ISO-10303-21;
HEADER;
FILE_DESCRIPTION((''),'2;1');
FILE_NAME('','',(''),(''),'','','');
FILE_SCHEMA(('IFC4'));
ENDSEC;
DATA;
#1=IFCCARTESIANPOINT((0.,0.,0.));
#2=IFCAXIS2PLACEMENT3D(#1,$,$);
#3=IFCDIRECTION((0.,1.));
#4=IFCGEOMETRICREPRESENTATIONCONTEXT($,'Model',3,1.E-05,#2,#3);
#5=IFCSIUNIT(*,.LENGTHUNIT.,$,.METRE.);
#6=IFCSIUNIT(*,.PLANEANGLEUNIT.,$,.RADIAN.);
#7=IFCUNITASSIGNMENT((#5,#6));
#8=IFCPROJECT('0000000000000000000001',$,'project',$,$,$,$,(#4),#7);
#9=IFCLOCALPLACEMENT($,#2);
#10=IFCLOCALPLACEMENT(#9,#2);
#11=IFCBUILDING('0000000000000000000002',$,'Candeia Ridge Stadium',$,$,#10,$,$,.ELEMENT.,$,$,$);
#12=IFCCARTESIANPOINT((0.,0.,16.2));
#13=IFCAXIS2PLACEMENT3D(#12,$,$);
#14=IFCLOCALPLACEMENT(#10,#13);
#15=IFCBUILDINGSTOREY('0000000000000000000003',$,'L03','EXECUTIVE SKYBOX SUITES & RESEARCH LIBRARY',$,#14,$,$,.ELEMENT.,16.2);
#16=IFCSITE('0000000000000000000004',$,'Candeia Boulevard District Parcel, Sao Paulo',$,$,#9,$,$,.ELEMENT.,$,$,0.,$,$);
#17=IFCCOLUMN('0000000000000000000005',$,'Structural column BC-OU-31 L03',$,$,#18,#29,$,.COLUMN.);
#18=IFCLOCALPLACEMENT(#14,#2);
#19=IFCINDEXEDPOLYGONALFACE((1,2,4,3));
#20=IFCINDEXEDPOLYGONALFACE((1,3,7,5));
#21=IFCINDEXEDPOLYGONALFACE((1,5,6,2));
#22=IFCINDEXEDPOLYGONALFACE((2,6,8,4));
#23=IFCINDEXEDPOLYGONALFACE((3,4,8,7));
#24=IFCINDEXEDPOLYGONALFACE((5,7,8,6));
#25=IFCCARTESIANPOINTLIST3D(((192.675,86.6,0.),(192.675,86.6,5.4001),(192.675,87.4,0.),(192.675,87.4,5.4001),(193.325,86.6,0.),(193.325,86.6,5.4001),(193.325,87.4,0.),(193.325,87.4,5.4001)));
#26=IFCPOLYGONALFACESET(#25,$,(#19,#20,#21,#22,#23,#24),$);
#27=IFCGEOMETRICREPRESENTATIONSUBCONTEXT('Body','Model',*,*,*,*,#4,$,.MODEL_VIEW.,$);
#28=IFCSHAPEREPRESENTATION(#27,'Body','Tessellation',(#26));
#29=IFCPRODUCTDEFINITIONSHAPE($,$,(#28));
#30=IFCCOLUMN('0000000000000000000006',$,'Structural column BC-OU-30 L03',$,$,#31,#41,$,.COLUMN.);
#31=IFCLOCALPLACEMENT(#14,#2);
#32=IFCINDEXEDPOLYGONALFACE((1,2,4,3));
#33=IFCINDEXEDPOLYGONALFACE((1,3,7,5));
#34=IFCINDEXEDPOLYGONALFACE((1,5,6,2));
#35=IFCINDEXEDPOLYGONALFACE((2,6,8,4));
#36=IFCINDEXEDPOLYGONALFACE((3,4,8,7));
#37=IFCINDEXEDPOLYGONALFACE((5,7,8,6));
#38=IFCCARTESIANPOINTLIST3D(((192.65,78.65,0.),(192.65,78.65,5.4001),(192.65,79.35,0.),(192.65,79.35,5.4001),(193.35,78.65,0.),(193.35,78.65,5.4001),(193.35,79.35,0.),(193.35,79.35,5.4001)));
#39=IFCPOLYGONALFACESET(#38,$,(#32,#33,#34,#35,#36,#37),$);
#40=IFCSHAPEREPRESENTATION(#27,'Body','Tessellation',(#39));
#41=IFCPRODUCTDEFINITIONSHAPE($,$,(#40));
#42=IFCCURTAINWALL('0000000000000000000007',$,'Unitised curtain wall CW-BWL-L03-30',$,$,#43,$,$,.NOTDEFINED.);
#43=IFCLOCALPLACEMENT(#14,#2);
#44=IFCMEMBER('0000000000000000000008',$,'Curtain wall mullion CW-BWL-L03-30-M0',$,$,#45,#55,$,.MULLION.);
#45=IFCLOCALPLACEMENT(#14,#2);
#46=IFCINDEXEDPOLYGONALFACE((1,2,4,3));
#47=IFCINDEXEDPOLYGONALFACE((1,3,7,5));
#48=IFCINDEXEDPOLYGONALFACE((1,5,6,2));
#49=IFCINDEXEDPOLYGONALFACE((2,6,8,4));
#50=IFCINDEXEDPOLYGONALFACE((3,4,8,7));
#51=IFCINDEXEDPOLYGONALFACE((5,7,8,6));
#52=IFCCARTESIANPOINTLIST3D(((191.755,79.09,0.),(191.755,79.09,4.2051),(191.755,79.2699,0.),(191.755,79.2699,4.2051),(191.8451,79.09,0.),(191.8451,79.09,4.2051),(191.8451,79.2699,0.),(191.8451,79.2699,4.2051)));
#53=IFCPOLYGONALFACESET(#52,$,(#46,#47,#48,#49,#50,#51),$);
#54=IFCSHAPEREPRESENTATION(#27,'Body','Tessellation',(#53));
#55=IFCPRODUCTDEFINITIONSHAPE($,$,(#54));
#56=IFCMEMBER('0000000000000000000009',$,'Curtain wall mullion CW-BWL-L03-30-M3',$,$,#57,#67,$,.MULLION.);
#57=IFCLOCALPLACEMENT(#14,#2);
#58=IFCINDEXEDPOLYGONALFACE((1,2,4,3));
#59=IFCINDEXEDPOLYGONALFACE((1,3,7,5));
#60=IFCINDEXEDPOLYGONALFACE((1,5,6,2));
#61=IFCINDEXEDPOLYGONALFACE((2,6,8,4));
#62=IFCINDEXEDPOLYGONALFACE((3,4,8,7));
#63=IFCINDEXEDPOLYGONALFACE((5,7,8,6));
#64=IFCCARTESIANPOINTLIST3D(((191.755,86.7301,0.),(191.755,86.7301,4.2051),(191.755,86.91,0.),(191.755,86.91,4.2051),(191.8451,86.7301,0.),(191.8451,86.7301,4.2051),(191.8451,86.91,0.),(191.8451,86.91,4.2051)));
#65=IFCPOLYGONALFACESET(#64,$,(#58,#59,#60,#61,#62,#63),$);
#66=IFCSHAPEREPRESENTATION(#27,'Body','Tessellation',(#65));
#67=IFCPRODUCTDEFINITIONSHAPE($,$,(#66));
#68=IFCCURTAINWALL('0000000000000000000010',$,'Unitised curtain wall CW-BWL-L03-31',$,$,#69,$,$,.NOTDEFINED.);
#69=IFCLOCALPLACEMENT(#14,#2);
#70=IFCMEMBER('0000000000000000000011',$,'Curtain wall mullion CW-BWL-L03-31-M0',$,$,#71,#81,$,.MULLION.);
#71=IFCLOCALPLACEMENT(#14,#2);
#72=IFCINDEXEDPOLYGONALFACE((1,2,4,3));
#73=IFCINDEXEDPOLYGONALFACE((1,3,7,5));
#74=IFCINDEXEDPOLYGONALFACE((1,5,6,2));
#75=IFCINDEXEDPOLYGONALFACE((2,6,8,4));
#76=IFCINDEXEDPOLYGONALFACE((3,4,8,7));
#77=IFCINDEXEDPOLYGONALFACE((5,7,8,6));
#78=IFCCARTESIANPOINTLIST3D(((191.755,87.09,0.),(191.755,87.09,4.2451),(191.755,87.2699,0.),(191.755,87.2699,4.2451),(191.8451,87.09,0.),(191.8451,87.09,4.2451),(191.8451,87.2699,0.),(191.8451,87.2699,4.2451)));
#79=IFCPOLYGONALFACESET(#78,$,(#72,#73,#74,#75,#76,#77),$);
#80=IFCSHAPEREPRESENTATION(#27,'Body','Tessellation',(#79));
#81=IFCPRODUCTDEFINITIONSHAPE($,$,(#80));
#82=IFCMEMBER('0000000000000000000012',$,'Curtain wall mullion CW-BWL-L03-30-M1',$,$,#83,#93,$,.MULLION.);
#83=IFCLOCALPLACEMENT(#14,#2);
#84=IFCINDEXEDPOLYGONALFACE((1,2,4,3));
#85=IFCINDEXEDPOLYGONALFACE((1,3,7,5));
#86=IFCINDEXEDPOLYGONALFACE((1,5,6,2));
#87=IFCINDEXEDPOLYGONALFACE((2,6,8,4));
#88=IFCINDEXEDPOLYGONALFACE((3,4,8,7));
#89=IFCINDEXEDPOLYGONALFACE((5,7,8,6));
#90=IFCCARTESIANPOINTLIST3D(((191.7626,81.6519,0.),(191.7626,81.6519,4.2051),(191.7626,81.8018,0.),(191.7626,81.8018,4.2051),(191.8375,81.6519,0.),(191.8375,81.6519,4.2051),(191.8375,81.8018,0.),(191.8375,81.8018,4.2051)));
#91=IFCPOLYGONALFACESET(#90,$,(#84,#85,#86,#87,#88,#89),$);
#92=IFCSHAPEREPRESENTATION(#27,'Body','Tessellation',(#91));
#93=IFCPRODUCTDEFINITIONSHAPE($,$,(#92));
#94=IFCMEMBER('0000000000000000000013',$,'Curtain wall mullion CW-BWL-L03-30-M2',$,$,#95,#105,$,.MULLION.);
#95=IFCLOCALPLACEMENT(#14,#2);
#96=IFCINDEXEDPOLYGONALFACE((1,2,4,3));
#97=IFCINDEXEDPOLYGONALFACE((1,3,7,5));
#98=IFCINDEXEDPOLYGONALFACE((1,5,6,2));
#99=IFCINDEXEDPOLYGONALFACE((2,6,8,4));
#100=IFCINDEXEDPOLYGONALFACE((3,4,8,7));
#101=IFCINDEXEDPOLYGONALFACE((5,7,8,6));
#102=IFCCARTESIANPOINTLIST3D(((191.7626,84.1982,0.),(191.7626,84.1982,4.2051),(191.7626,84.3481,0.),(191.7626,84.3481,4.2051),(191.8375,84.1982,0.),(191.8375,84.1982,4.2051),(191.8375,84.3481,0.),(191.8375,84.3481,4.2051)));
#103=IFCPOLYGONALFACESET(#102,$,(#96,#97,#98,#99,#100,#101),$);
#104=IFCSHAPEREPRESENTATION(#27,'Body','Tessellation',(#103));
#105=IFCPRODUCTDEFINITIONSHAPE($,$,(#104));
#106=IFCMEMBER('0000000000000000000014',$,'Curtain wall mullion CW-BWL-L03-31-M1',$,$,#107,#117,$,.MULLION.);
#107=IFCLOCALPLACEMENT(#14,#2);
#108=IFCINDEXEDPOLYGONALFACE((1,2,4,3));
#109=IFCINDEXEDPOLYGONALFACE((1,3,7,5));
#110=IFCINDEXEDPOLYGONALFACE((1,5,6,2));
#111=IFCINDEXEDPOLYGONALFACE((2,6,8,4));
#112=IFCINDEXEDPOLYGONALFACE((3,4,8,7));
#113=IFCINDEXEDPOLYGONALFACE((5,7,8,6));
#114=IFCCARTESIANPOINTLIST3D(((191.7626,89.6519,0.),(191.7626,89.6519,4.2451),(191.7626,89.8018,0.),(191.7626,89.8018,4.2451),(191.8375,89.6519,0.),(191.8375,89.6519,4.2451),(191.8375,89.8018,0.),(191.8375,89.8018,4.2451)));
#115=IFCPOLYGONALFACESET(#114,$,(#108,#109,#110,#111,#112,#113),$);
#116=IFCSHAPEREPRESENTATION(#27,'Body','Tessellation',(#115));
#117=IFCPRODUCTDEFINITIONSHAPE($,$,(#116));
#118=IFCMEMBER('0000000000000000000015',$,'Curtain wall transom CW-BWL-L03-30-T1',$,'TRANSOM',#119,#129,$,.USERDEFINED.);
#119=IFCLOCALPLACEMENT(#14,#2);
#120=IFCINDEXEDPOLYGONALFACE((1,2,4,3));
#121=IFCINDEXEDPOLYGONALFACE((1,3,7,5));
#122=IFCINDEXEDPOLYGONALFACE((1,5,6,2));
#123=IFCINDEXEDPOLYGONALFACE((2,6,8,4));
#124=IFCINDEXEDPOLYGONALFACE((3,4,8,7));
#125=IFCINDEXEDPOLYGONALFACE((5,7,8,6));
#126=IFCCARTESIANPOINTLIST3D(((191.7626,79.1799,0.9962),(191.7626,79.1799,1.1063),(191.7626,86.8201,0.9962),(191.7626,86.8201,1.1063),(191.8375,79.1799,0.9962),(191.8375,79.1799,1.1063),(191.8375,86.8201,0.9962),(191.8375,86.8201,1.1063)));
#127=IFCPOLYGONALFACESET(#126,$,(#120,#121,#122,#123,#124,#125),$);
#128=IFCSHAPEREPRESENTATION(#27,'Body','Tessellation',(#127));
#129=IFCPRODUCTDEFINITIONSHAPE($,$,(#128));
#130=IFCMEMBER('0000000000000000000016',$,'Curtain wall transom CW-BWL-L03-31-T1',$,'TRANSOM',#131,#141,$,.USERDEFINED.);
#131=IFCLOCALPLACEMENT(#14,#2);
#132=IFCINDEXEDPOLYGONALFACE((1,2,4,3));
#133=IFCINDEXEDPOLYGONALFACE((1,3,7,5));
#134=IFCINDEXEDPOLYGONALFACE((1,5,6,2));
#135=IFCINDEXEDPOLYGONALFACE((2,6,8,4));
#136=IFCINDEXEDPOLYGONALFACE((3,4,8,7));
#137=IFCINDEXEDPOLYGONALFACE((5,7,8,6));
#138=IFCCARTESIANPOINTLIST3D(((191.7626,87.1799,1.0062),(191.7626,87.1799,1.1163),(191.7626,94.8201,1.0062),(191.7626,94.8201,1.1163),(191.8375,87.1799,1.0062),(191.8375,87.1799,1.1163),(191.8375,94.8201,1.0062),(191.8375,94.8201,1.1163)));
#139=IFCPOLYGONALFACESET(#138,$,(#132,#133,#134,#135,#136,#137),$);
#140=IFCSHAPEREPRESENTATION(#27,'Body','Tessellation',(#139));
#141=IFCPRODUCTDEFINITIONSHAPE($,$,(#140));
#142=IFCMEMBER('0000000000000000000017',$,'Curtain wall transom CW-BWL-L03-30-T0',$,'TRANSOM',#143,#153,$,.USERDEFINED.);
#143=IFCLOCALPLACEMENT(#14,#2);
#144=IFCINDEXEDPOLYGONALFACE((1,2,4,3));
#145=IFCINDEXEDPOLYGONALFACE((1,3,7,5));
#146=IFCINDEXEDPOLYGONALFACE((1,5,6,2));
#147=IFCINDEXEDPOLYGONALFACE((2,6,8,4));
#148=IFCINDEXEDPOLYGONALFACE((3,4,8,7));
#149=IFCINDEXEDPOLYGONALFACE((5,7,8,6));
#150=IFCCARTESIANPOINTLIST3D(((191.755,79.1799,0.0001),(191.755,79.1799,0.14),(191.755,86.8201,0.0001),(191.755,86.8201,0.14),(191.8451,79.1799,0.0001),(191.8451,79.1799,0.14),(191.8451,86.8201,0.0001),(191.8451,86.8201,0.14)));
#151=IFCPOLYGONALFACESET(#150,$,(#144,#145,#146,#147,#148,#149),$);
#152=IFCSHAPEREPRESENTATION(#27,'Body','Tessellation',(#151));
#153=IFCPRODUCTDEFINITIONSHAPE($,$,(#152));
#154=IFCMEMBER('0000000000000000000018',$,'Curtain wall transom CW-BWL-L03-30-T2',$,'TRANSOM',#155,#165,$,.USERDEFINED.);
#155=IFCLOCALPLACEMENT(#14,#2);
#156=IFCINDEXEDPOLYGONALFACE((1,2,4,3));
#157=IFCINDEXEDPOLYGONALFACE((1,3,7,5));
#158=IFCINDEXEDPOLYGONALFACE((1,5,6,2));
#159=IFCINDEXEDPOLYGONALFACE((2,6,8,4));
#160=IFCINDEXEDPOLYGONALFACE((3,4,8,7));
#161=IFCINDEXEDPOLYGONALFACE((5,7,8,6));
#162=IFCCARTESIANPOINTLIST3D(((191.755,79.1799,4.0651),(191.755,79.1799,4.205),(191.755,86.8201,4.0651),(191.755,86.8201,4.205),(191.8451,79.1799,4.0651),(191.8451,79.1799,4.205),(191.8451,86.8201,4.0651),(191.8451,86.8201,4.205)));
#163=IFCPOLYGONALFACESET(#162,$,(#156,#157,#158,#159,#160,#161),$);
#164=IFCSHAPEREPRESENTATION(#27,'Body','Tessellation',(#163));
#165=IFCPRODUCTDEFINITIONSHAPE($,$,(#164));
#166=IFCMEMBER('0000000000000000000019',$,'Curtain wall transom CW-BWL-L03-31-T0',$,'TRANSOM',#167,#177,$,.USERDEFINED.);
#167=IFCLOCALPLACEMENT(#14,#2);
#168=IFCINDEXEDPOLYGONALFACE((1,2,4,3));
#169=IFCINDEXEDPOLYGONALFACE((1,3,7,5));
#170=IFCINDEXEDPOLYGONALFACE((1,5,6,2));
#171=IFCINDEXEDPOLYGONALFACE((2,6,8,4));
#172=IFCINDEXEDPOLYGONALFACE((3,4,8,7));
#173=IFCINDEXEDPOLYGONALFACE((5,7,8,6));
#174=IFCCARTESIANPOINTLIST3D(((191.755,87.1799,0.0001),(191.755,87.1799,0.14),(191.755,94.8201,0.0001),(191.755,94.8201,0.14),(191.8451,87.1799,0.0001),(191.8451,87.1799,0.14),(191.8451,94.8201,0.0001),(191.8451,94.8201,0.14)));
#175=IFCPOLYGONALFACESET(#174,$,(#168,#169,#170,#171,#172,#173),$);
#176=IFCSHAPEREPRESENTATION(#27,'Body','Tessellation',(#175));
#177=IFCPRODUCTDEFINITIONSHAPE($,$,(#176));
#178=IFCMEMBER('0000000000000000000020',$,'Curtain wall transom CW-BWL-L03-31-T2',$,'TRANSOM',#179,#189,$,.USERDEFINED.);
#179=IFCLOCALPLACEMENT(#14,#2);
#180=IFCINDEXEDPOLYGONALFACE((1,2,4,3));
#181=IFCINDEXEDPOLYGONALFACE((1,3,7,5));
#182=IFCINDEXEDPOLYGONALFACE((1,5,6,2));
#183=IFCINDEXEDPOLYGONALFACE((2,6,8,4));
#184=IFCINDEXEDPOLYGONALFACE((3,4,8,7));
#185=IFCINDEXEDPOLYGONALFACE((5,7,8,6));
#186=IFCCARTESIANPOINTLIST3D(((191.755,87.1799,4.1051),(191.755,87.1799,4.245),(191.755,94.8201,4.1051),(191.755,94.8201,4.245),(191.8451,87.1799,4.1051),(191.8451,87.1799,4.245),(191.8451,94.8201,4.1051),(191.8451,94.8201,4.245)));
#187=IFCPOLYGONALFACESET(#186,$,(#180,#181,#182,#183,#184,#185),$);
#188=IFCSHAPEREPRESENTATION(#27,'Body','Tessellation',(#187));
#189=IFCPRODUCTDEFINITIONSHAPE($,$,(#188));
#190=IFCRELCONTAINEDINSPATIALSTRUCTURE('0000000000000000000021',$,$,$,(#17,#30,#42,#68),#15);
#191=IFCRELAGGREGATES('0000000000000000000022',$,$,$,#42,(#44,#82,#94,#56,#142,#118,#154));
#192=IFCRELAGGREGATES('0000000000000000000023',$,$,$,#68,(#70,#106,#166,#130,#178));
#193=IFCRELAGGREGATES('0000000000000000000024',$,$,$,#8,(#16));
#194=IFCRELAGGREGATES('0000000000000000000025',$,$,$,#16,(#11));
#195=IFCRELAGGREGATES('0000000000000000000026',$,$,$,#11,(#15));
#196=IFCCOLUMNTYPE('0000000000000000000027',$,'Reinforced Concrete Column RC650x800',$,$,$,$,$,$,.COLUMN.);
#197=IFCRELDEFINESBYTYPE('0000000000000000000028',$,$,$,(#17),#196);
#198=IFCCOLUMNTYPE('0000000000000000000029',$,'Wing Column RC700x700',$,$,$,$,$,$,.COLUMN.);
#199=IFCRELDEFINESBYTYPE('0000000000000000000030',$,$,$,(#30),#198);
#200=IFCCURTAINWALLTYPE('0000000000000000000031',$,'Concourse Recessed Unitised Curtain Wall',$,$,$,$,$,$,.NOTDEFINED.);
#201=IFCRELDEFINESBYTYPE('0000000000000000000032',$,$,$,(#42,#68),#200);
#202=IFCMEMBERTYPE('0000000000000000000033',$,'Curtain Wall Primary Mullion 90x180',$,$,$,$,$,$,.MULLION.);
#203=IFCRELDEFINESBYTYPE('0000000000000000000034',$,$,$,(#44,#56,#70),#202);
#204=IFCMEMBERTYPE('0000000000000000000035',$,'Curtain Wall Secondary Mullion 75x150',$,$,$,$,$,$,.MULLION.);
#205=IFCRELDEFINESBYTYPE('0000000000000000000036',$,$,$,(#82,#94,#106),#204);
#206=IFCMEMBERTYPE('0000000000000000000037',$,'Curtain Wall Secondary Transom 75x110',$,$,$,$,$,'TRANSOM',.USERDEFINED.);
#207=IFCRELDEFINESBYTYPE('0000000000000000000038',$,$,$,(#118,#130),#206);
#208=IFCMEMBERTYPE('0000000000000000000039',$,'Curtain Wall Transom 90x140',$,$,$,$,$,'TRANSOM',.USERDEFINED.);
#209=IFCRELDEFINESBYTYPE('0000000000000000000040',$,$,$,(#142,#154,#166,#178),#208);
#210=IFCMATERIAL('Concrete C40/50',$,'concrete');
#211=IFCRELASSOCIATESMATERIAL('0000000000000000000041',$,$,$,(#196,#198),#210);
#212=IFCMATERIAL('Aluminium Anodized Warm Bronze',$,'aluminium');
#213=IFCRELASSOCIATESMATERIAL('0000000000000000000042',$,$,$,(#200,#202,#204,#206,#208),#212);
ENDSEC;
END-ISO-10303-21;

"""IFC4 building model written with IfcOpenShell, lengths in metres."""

from ifc_helpers import new_model, si_unit, direction, frame, origin, origin_2d, place, context, subcontext, project, spatial, rectangle, extrude, material, material_profile, profile_set, type_object, element, aggregate, save


model = new_model("IFC4")

# Units and contexts
model_context = context("Model", 3, precision=1e-05, world=origin(), true_north=direction((0.0, 1.0)))
body_context = subcontext(model_context, "Body", "Model", "MODEL_VIEW")
ifc_project = project(units=[si_unit("LENGTHUNIT", "METRE"), si_unit("PLANEANGLEUNIT", "RADIAN")], contexts=[model_context])

# Site, building, storey
site_placement = place(None, origin())
site = spatial("IfcSite", under=ifc_project, at=site_placement, Name="Candeia Boulevard District Parcel, Sao Paulo", CompositionType="ELEMENT", RefElevation=0.0)
building_placement = place(site_placement, origin())
building = spatial("IfcBuilding", under=site, at=building_placement, Name="Candeia Ridge Stadium", CompositionType="ELEMENT")
storey_placement = place(building_placement, frame((0.0, 0.0, 16.2)))
storey = spatial("IfcBuildingStorey", under=building, at=storey_placement, Name="L03", Description="EXECUTIVE SKYBOX SUITES & RESEARCH LIBRARY", CompositionType="ELEMENT", Elevation=16.2)

# Columns
ifc_material_1 = material(Name="Concrete C40/50", Category="concrete")
ifc_material_profile_1 = material_profile(ifc_material_1, rectangle(XDim=0.6499, YDim=0.8, at=origin_2d()), Name="RC650x800", Category="concrete")
ifc_profile_set_1 = profile_set([ifc_material_profile_1], Name="Concrete C40/50")
column_type_1 = type_object("IfcColumnType", Name="Reinforced Concrete Column RC650x800", PredefinedType="COLUMN", material=ifc_profile_set_1)
column_1_placement = place(storey_placement, frame((193.0, 87.0, 0.0), z_axis=(0.0, 0.0, 1.0), x_axis=(1.0, 0.0, 0.0)))
element("IfcColumn", 1, at=column_1_placement, inside=storey, type_object=column_type_1, Name="Structural column BC-OU-31 L03", PredefinedType="COLUMN", context=body_context, shape_type="SweptSolid", body=[
    extrude(rectangle(XDim=0.6499, YDim=0.8, at=origin_2d()), origin(), (0.0, 0.0, 1.0), 5.4001),
])
ifc_material_profile_2 = material_profile(ifc_material_1, rectangle(XDim=0.7, YDim=0.7, at=origin_2d()), Name="RC700x700", Category="concrete")
ifc_profile_set_2 = profile_set([ifc_material_profile_2], Name="Concrete C40/50")
column_type_2 = type_object("IfcColumnType", Name="Wing Column RC700x700", PredefinedType="COLUMN", material=ifc_profile_set_2)
column_2_placement = place(storey_placement, frame((193.0, 79.0, 0.0), z_axis=(0.0, 0.0, 1.0), x_axis=(1.0, 0.0, 0.0)))
element("IfcColumn", 2, at=column_2_placement, inside=storey, type_object=column_type_2, Name="Structural column BC-OU-30 L03", PredefinedType="COLUMN", context=body_context, shape_type="SweptSolid", body=[
    extrude(rectangle(XDim=0.7, YDim=0.7, at=origin_2d()), origin(), (0.0, 0.0, 1.0), 5.4001),
])

# Curtain wall, members
ifc_material_2 = material(Name="Aluminium Anodized Warm Bronze", Category="aluminium")
curtain_wall_type = type_object("IfcCurtainWallType", Name="Concourse Recessed Unitised Curtain Wall", PredefinedType="NOTDEFINED", material=ifc_material_2)
curtain_wall_1_placement = place(storey_placement, origin())
curtain_wall_1 = element("IfcCurtainWall", 3, at=curtain_wall_1_placement, inside=storey, type_object=curtain_wall_type, Name="Unitised curtain wall CW-BWL-L03-30", PredefinedType="NOTDEFINED")
ifc_material_profile_3 = material_profile(ifc_material_2, rectangle(XDim=0.0901, YDim=0.1799, at=origin_2d()), Name="CWM-90x180", Category="aluminium")
ifc_profile_set_3 = profile_set([ifc_material_profile_3], Name="Aluminium Anodized Warm Bronze")
member_type_1 = type_object("IfcMemberType", Name="Curtain Wall Primary Mullion 90x180", PredefinedType="MULLION", material=ifc_profile_set_3)
member_1_placement = place(storey_placement, frame((191.8, 79.1799, 0.0), z_axis=(0.0, 0.0, 1.0), x_axis=(1.0, 0.0, 0.0)))
member_1 = element("IfcMember", 4, at=member_1_placement, type_object=member_type_1, Name="Curtain wall mullion CW-BWL-L03-30-M0", PredefinedType="MULLION", context=body_context, shape_type="SweptSolid", body=[
    extrude(rectangle(XDim=0.0901, YDim=0.1799, at=origin_2d()), origin(), (0.0, 0.0, 1.0), 4.2051),
])
member_2_placement = place(storey_placement, frame((191.8, 86.8201, 0.0), z_axis=(0.0, 0.0, 1.0), x_axis=(1.0, 0.0, 0.0)))
member_2 = element("IfcMember", 5, at=member_2_placement, type_object=member_type_1, Name="Curtain wall mullion CW-BWL-L03-30-M3", PredefinedType="MULLION", context=body_context, shape_type="SweptSolid", body=[
    extrude(rectangle(XDim=0.0901, YDim=0.1799, at=origin_2d()), origin(), (0.0, 0.0, 1.0), 4.2051),
])

# Curtain wall, member
curtain_wall_2_placement = place(storey_placement, origin())
curtain_wall_2 = element("IfcCurtainWall", 6, at=curtain_wall_2_placement, inside=storey, type_object=curtain_wall_type, Name="Unitised curtain wall CW-BWL-L03-31", PredefinedType="NOTDEFINED")
member_3_placement = place(storey_placement, frame((191.8, 87.1799, 0.0), z_axis=(0.0, 0.0, 1.0), x_axis=(1.0, 0.0, 0.0)))
member_3 = element("IfcMember", 7, at=member_3_placement, type_object=member_type_1, Name="Curtain wall mullion CW-BWL-L03-31-M0", PredefinedType="MULLION", context=body_context, shape_type="SweptSolid", body=[
    extrude(rectangle(XDim=0.0901, YDim=0.1799, at=origin_2d()), origin(), (0.0, 0.0, 1.0), 4.2451),
])

# Members
ifc_material_profile_4 = material_profile(ifc_material_2, rectangle(XDim=0.075, YDim=0.1499, at=origin_2d()), Name="CWM-75x150", Category="aluminium")
ifc_profile_set_4 = profile_set([ifc_material_profile_4], Name="Aluminium Anodized Warm Bronze")
member_type_2 = type_object("IfcMemberType", Name="Curtain Wall Secondary Mullion 75x150", PredefinedType="MULLION", material=ifc_profile_set_4)
member_4_placement = place(storey_placement, frame((191.8, 81.7268, 0.0), z_axis=(0.0, 0.0, 1.0), x_axis=(1.0, 0.0, 0.0)))
member_4 = element("IfcMember", 8, at=member_4_placement, type_object=member_type_2, Name="Curtain wall mullion CW-BWL-L03-30-M1", PredefinedType="MULLION", context=body_context, shape_type="SweptSolid", body=[
    extrude(rectangle(XDim=0.075, YDim=0.1499, at=origin_2d()), origin(), (0.0, 0.0, 1.0), 4.2051),
])
member_5_placement = place(storey_placement, frame((191.8, 84.2732, 0.0), z_axis=(0.0, 0.0, 1.0), x_axis=(1.0, 0.0, 0.0)))
member_5 = element("IfcMember", 9, at=member_5_placement, type_object=member_type_2, Name="Curtain wall mullion CW-BWL-L03-30-M2", PredefinedType="MULLION", context=body_context, shape_type="SweptSolid", body=[
    extrude(rectangle(XDim=0.075, YDim=0.1499, at=origin_2d()), origin(), (0.0, 0.0, 1.0), 4.2051),
])
member_6_placement = place(storey_placement, frame((191.8, 89.7268, 0.0), z_axis=(0.0, 0.0, 1.0), x_axis=(1.0, 0.0, 0.0)))
member_6 = element("IfcMember", 10, at=member_6_placement, type_object=member_type_2, Name="Curtain wall mullion CW-BWL-L03-31-M1", PredefinedType="MULLION", context=body_context, shape_type="SweptSolid", body=[
    extrude(rectangle(XDim=0.075, YDim=0.1499, at=origin_2d()), origin(), (0.0, 0.0, 1.0), 4.2451),
])
ifc_material_profile_5 = material_profile(ifc_material_2, rectangle(XDim=0.075, YDim=0.1101, at=origin_2d()), Name="CWT-75x110", Category="aluminium")
ifc_profile_set_5 = profile_set([ifc_material_profile_5], Name="Aluminium Anodized Warm Bronze")
member_type_3 = type_object("IfcMemberType", Name="Curtain Wall Secondary Transom 75x110", ElementType="TRANSOM", PredefinedType="USERDEFINED", material=ifc_profile_set_5)
member_7_placement = place(storey_placement, frame((191.8, 79.1799, 1.0513), z_axis=(0.0, 1.0, 0.0), x_axis=(-1.0, 0.0, 0.0)))
member_7 = element("IfcMember", 11, at=member_7_placement, type_object=member_type_3, Name="Curtain wall transom CW-BWL-L03-30-T1", ObjectType="TRANSOM", PredefinedType="USERDEFINED", context=body_context, shape_type="SweptSolid", body=[
    extrude(rectangle(XDim=0.075, YDim=0.1101, at=origin_2d()), origin(), (0.0, 0.0, 1.0), 7.6401),
])
member_8_placement = place(storey_placement, frame((191.8, 87.1799, 1.0613), z_axis=(0.0, 1.0, 0.0), x_axis=(-1.0, 0.0, 0.0)))
member_8 = element("IfcMember", 12, at=member_8_placement, type_object=member_type_3, Name="Curtain wall transom CW-BWL-L03-31-T1", ObjectType="TRANSOM", PredefinedType="USERDEFINED", context=body_context, shape_type="SweptSolid", body=[
    extrude(rectangle(XDim=0.075, YDim=0.1101, at=origin_2d()), origin(), (0.0, 0.0, 1.0), 7.6401),
])
ifc_material_profile_6 = material_profile(ifc_material_2, rectangle(XDim=0.0901, YDim=0.1399, at=origin_2d()), Name="CWT-90x140", Category="aluminium")
ifc_profile_set_6 = profile_set([ifc_material_profile_6], Name="Aluminium Anodized Warm Bronze")
member_type_4 = type_object("IfcMemberType", Name="Curtain Wall Transom 90x140", ElementType="TRANSOM", PredefinedType="USERDEFINED", material=ifc_profile_set_6)
member_9_placement = place(storey_placement, frame((191.8, 79.1799, 0.0701), z_axis=(0.0, 1.0, 0.0), x_axis=(-1.0, 0.0, 0.0)))
member_9 = element("IfcMember", 13, at=member_9_placement, type_object=member_type_4, Name="Curtain wall transom CW-BWL-L03-30-T0", ObjectType="TRANSOM", PredefinedType="USERDEFINED", context=body_context, shape_type="SweptSolid", body=[
    extrude(rectangle(XDim=0.0901, YDim=0.1399, at=origin_2d()), origin(), (0.0, 0.0, 1.0), 7.6401),
])
member_10_placement = place(storey_placement, frame((191.8, 79.1799, 4.135), z_axis=(0.0, 1.0, 0.0), x_axis=(-1.0, 0.0, 0.0)))
member_10 = element("IfcMember", 14, at=member_10_placement, type_object=member_type_4, Name="Curtain wall transom CW-BWL-L03-30-T2", ObjectType="TRANSOM", PredefinedType="USERDEFINED", context=body_context, shape_type="SweptSolid", body=[
    extrude(rectangle(XDim=0.0901, YDim=0.1399, at=origin_2d()), origin(), (0.0, 0.0, 1.0), 7.6401),
])
member_11_placement = place(storey_placement, frame((191.8, 87.1799, 0.0701), z_axis=(0.0, 1.0, 0.0), x_axis=(-1.0, 0.0, 0.0)))
member_11 = element("IfcMember", 15, at=member_11_placement, type_object=member_type_4, Name="Curtain wall transom CW-BWL-L03-31-T0", ObjectType="TRANSOM", PredefinedType="USERDEFINED", context=body_context, shape_type="SweptSolid", body=[
    extrude(rectangle(XDim=0.0901, YDim=0.1399, at=origin_2d()), origin(), (0.0, 0.0, 1.0), 7.6401),
])
member_12_placement = place(storey_placement, frame((191.8, 87.1799, 4.175), z_axis=(0.0, 1.0, 0.0), x_axis=(-1.0, 0.0, 0.0)))
member_12 = element("IfcMember", 16, at=member_12_placement, type_object=member_type_4, Name="Curtain wall transom CW-BWL-L03-31-T2", ObjectType="TRANSOM", PredefinedType="USERDEFINED", context=body_context, shape_type="SweptSolid", body=[
    extrude(rectangle(XDim=0.0901, YDim=0.1399, at=origin_2d()), origin(), (0.0, 0.0, 1.0), 7.6401),
])

aggregate(curtain_wall_1, [member_1, member_4, member_5, member_2, member_9, member_7, member_10])
aggregate(curtain_wall_2, [member_3, member_6, member_11, member_8, member_12])

save(model, "model.ifc")
